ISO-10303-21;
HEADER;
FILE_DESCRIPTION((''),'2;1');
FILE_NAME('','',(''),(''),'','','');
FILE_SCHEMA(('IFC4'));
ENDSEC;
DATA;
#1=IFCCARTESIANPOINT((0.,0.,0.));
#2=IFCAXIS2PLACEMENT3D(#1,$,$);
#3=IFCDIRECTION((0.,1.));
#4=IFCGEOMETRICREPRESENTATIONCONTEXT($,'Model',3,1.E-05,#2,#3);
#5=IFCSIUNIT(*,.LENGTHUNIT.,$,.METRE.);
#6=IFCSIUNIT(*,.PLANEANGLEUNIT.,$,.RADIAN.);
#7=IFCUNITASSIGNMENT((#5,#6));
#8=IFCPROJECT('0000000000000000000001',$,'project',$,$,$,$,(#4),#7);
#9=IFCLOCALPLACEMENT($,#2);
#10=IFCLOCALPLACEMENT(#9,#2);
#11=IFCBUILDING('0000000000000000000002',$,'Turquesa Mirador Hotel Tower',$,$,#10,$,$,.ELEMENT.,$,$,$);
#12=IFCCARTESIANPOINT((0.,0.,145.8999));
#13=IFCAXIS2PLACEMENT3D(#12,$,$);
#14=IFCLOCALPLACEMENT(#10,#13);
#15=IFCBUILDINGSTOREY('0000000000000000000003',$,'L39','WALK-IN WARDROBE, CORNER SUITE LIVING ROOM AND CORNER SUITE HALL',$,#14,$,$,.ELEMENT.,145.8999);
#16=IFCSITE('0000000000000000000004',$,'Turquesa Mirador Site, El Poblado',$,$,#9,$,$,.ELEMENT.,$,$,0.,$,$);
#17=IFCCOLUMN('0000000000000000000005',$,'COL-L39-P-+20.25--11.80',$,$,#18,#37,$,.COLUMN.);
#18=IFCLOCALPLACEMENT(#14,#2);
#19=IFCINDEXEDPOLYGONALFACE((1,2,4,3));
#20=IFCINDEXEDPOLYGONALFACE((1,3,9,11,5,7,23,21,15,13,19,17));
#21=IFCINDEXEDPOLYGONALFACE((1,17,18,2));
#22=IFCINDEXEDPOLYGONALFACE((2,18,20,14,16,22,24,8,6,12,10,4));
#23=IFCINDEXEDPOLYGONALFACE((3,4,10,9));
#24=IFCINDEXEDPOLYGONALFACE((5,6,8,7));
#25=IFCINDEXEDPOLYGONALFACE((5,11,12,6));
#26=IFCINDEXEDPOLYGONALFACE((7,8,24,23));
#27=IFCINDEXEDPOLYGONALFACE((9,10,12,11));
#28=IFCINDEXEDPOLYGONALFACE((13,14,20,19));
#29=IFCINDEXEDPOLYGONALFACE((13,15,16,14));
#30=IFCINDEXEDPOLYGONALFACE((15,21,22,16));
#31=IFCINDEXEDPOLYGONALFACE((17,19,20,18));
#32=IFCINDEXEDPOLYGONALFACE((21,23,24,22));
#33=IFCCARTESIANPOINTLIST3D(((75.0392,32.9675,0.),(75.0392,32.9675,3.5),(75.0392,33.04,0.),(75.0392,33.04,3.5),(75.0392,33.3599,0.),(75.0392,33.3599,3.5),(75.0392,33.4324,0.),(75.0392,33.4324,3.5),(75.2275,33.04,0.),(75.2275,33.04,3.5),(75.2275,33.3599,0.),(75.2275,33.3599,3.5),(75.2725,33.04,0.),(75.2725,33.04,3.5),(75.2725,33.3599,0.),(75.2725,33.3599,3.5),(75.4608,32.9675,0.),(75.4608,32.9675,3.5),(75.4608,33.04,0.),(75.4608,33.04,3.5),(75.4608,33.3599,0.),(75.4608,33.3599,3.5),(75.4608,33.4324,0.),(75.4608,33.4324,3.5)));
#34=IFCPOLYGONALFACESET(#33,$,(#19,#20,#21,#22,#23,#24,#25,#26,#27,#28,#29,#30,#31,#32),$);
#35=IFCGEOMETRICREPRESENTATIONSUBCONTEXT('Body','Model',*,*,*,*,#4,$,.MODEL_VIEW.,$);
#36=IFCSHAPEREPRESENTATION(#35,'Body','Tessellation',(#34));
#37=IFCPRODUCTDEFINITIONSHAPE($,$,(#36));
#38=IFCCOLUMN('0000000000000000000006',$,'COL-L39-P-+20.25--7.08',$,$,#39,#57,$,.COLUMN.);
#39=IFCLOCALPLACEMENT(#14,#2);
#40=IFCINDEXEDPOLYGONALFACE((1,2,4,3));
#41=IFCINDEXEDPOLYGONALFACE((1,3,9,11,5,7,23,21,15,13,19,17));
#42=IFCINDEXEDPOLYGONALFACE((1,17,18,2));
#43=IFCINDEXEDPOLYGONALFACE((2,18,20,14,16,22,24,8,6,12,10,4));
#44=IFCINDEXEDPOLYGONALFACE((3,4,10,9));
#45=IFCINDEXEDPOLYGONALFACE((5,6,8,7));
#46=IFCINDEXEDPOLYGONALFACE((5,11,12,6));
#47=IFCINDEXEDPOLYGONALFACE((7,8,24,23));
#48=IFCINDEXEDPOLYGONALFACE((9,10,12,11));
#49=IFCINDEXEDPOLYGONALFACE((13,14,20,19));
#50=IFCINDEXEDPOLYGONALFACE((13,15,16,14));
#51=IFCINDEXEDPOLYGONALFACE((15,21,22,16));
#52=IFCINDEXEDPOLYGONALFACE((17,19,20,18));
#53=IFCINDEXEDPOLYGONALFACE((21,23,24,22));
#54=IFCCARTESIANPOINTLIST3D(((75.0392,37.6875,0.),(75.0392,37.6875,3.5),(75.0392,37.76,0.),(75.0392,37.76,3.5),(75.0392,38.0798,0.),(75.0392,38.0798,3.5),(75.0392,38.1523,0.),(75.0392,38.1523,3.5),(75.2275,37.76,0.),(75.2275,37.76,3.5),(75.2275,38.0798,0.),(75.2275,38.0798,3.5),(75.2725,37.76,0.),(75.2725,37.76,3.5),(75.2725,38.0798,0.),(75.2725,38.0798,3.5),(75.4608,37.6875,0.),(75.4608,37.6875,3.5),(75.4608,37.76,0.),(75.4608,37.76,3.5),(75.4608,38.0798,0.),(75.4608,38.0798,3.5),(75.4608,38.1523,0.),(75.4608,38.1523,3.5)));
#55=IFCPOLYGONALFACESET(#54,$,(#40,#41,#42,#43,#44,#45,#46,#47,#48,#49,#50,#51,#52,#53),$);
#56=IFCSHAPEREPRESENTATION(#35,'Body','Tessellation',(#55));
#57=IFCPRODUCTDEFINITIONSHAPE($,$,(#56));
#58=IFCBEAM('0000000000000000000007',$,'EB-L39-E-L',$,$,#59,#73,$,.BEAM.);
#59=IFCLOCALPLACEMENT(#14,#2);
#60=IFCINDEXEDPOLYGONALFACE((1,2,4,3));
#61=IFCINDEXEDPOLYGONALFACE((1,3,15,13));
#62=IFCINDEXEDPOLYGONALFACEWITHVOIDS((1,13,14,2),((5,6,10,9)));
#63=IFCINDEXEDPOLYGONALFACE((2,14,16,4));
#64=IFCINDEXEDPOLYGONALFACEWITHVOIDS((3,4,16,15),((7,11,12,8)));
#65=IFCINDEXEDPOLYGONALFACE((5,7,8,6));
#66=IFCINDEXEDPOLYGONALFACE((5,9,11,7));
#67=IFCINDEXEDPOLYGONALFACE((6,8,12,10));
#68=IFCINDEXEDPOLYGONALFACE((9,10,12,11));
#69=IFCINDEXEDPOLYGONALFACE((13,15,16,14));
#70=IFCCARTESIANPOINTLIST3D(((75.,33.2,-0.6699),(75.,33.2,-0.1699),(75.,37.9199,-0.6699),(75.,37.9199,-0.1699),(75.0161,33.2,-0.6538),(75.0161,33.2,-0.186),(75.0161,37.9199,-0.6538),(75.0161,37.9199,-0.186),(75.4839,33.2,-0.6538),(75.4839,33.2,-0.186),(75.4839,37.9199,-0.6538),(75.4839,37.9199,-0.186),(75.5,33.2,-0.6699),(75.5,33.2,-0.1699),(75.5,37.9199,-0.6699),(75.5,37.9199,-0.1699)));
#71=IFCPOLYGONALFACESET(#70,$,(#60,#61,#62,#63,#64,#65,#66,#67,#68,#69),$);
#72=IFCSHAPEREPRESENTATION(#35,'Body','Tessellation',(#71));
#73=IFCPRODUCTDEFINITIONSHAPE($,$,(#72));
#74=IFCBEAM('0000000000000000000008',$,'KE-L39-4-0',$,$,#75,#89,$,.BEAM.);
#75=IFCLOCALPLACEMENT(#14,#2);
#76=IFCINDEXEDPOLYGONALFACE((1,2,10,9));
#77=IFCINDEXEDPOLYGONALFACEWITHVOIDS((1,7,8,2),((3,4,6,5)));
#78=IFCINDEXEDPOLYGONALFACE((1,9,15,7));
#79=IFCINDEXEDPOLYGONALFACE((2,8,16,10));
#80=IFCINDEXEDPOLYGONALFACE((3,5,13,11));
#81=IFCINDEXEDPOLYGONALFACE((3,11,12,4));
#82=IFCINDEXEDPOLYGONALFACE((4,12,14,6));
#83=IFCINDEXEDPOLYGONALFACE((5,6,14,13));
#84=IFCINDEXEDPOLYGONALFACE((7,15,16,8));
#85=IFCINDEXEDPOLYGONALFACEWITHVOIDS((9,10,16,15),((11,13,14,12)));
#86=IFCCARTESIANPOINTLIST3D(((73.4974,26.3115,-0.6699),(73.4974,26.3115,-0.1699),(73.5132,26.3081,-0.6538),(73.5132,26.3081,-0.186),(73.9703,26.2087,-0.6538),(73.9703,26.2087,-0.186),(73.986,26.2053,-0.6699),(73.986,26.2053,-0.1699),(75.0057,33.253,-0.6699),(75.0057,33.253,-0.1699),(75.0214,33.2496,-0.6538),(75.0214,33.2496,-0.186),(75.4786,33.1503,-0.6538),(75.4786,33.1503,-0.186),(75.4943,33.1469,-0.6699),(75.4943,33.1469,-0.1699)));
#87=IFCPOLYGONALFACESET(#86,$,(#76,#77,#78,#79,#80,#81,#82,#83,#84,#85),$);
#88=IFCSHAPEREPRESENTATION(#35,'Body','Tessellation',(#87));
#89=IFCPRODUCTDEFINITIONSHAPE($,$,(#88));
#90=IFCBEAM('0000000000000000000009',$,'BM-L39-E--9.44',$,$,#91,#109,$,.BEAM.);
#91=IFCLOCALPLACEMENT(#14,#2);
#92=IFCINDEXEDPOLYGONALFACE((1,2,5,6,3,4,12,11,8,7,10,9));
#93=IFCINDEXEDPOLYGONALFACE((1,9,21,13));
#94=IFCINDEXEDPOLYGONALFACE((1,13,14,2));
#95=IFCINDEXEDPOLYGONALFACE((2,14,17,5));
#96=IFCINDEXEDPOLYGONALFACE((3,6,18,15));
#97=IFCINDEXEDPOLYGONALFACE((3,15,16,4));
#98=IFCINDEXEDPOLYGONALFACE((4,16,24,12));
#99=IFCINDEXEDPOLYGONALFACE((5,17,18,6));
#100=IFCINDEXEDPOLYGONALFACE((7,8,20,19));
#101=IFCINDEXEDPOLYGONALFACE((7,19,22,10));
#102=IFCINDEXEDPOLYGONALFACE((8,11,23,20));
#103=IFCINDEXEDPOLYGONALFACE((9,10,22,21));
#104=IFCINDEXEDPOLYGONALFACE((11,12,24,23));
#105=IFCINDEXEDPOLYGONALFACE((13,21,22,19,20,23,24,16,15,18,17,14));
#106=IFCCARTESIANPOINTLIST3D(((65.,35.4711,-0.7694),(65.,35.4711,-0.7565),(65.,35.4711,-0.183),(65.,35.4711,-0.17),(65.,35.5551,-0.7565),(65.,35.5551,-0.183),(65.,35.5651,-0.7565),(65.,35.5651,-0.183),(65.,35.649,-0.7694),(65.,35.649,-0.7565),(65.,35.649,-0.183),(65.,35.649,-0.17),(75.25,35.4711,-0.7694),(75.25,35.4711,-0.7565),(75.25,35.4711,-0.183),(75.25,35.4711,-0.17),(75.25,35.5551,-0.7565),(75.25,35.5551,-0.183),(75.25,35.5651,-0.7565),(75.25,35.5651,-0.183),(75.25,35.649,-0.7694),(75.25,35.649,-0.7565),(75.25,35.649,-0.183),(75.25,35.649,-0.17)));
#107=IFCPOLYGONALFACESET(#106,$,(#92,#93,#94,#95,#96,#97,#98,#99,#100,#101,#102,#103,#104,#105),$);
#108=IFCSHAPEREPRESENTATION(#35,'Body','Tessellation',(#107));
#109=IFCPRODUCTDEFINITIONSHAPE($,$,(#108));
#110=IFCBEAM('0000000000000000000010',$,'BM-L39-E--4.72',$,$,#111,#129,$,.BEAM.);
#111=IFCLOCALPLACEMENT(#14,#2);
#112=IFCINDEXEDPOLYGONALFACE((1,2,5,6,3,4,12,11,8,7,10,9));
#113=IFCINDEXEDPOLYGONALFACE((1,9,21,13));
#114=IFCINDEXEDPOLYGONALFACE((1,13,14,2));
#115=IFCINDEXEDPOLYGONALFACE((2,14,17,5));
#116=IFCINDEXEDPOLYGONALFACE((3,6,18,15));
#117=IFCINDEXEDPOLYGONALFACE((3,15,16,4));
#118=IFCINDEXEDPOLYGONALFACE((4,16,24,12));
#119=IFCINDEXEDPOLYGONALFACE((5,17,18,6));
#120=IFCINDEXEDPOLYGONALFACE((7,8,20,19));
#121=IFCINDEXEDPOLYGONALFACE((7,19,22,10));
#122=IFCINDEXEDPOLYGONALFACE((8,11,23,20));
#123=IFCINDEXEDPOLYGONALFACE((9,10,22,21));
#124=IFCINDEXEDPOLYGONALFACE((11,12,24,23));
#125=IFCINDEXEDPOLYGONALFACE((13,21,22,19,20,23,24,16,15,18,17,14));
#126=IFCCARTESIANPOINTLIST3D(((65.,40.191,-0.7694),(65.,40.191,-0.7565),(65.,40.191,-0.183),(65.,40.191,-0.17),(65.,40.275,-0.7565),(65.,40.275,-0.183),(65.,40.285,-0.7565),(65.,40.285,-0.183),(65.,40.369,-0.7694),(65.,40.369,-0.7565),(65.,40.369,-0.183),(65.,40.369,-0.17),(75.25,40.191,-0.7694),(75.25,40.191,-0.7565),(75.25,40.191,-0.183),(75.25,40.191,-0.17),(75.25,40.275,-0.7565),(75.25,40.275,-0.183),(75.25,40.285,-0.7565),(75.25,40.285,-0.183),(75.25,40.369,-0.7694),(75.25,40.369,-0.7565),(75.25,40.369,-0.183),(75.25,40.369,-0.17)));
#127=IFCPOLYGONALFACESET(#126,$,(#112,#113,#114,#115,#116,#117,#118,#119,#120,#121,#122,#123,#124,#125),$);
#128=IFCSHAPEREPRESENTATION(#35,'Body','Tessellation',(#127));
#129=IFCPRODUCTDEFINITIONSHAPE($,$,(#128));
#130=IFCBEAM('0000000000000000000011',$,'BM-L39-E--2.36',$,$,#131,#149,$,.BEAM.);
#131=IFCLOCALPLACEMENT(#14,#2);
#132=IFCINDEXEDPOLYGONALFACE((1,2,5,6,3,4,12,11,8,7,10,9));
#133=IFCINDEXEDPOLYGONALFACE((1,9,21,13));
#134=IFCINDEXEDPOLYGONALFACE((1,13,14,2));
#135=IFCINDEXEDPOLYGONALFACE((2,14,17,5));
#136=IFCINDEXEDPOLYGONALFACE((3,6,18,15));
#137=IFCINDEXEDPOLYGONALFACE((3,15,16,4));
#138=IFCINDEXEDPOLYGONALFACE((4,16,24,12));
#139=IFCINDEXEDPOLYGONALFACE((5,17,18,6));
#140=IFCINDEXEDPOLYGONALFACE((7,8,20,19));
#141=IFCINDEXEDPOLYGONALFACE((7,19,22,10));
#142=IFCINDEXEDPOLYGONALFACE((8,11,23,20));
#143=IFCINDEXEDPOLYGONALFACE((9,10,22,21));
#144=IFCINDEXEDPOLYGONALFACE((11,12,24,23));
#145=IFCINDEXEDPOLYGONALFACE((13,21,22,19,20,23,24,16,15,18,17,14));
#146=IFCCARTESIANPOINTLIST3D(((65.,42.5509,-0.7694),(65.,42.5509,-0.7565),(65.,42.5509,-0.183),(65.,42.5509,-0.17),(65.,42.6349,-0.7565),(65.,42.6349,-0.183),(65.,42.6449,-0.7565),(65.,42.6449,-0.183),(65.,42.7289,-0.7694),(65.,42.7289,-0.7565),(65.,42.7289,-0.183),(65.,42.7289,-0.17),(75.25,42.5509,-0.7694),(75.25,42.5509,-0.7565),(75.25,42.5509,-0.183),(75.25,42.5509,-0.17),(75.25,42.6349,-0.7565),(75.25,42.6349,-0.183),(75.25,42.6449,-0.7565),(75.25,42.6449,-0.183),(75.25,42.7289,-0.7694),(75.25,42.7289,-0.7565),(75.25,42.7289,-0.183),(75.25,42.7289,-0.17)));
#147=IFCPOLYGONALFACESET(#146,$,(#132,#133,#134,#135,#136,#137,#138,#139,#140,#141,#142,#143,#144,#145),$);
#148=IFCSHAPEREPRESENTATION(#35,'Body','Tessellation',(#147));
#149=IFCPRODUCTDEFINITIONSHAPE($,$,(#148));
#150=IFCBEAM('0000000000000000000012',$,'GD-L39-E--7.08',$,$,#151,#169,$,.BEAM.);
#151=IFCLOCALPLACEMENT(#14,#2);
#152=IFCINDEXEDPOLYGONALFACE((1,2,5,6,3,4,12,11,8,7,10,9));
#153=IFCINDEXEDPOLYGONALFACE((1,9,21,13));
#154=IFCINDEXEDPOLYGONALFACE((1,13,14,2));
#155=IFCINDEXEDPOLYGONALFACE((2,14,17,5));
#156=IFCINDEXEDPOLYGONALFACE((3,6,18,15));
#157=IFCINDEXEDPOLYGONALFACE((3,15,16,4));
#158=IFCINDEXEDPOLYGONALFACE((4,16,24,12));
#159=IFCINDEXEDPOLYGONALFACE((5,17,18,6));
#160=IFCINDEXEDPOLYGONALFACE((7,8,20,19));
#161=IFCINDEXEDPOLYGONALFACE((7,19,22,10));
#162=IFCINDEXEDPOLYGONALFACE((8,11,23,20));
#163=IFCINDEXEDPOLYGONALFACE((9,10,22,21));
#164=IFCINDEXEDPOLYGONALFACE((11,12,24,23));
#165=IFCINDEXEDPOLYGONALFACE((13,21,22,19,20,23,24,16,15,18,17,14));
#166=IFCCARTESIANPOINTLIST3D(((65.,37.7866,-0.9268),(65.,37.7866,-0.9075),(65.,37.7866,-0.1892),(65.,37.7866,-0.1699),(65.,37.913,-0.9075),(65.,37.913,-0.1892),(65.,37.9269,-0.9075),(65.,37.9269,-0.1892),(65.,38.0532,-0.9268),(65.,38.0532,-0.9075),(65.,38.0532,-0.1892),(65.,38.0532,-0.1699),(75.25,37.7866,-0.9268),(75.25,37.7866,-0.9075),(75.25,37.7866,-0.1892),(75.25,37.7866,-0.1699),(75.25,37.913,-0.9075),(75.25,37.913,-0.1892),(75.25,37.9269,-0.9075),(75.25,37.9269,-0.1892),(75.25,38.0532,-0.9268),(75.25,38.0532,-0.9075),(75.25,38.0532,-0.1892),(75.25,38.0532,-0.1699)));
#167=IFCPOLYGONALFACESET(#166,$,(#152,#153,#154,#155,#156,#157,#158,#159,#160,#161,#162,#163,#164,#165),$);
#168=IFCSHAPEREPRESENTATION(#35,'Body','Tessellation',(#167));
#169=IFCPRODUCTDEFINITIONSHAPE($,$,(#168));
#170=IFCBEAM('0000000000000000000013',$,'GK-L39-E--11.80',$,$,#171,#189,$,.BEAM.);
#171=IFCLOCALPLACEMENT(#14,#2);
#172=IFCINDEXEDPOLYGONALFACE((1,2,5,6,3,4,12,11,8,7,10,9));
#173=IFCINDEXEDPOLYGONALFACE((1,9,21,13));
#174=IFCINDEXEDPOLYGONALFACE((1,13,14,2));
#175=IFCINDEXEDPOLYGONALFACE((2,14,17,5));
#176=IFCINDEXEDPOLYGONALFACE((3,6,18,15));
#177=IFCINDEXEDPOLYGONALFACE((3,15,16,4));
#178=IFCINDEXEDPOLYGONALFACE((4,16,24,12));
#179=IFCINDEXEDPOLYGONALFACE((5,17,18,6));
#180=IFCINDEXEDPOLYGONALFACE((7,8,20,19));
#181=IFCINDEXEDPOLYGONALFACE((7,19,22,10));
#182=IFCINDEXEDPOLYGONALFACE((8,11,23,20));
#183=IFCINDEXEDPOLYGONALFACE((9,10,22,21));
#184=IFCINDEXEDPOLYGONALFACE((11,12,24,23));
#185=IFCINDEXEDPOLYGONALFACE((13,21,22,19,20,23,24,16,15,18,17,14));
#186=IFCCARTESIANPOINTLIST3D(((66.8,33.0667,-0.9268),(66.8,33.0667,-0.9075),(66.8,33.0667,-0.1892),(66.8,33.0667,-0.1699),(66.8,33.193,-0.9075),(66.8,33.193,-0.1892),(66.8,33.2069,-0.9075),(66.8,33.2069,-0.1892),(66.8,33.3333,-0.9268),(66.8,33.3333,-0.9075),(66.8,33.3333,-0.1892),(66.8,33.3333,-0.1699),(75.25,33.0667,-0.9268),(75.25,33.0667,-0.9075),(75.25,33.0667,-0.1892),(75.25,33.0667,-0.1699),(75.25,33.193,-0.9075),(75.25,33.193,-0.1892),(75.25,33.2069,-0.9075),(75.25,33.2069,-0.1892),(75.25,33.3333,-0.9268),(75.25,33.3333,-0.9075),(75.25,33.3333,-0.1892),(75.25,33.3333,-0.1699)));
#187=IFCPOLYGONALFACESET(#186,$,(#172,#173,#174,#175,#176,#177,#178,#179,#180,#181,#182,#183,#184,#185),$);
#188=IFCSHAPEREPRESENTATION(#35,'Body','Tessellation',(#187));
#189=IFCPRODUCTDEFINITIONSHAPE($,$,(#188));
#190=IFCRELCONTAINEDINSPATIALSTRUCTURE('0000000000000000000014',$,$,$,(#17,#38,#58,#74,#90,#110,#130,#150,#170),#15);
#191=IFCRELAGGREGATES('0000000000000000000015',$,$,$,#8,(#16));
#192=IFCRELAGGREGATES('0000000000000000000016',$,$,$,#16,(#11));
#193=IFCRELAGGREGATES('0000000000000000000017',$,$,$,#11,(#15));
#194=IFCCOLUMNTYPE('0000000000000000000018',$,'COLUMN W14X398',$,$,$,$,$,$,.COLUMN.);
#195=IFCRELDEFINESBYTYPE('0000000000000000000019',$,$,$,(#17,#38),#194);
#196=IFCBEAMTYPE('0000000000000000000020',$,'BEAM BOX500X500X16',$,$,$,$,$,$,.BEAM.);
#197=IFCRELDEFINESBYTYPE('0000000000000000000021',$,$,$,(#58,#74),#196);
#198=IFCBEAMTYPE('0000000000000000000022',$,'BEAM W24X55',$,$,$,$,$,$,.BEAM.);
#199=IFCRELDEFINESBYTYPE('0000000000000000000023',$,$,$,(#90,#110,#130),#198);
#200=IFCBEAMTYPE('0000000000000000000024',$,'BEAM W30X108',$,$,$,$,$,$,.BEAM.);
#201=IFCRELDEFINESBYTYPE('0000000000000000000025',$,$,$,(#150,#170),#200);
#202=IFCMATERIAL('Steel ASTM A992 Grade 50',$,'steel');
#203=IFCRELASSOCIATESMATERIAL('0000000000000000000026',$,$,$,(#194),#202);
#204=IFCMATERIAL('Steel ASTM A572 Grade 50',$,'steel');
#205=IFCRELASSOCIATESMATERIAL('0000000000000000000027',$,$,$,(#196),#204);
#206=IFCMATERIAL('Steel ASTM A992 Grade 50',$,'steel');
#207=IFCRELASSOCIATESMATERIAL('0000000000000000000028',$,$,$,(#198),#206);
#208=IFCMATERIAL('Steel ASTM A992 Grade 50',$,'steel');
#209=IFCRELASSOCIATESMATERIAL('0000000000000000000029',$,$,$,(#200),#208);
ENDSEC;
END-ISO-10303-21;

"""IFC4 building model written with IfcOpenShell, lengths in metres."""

from ifc_helpers import new_model, si_unit, direction, frame, origin, origin_2d, place, context, subcontext, project, spatial, hollow_rectangle, i_section, extrude, material, material_profile, profile_set, type_object, element, save


model = new_model("IFC4")

# Units and contexts
model_context = context("Model", 3, precision=1e-05, world=origin(), true_north=direction((0.0, 1.0)))
body_context = subcontext(model_context, "Body", "Model", "MODEL_VIEW")
ifc_project = project(units=[si_unit("LENGTHUNIT", "METRE"), si_unit("PLANEANGLEUNIT", "RADIAN")], contexts=[model_context])

# Site, building, storey
site_placement = place(None, origin())
site = spatial("IfcSite", under=ifc_project, at=site_placement, Name="Turquesa Mirador Site, El Poblado", CompositionType="ELEMENT", RefElevation=0.0)
building_placement = place(site_placement, origin())
building = spatial("IfcBuilding", under=site, at=building_placement, Name="Turquesa Mirador Hotel Tower", CompositionType="ELEMENT")
storey_placement = place(building_placement, frame((0.0, 0.0, 145.8999)))
storey = spatial("IfcBuildingStorey", under=building, at=storey_placement, Name="L39", Description="WALK-IN WARDROBE, CORNER SUITE LIVING ROOM AND CORNER SUITE HALL", CompositionType="ELEMENT", Elevation=145.8999)

# Columns
ifc_material_1 = material(Name="Steel ASTM A992 Grade 50", Category="steel")
ifc_material_profile_1 = material_profile(ifc_material_1, i_section(OverallWidth=0.4216, OverallDepth=0.4648, WebThickness=0.0449, FlangeThickness=0.0725, at=origin_2d()), Name="W14X398")
ifc_profile_set_1 = profile_set([ifc_material_profile_1], Name="Steel ASTM A992 Grade 50")
column_type = type_object("IfcColumnType", Name="COLUMN W14X398", PredefinedType="COLUMN", material=ifc_profile_set_1)
for number, where, z_axis, x_axis, name in (
    (1, (75.25, 33.2, 0.0), (0.0, 0.0, 1.0), (1.0, 0.0, 0.0), "COL-L39-P-+20.25--11.80"),
    (2, (75.25, 37.9199, 0.0), (0.0, 0.0, 1.0), (1.0, 0.0, 0.0), "COL-L39-P-+20.25--7.08"),
):
    element("IfcColumn", number, at=place(storey_placement, frame(where, z_axis=z_axis, x_axis=x_axis)), inside=storey, type_object=column_type, Name=name, PredefinedType="COLUMN", context=body_context, shape_type="SweptSolid", body=[
        extrude(i_section(OverallWidth=0.4216, OverallDepth=0.4648, WebThickness=0.0449, FlangeThickness=0.0725, at=origin_2d()), origin(), (0.0, 0.0, 1.0), 3.5),
    ])

# Beams
ifc_material_2 = material(Name="Steel ASTM A572 Grade 50", Category="steel")
ifc_material_profile_2 = material_profile(ifc_material_2, hollow_rectangle(XDim=0.5, YDim=0.5, WallThickness=0.0161, at=origin_2d()), Name="BOX500X500X16")
ifc_profile_set_2 = profile_set([ifc_material_profile_2], Name="Steel ASTM A572 Grade 50")
beam_type_1 = type_object("IfcBeamType", Name="BEAM BOX500X500X16", PredefinedType="BEAM", material=ifc_profile_set_2)
beam_1_placement = place(storey_placement, frame((75.25, 33.2, -0.4199), z_axis=(0.0, 1.0, 0.0), x_axis=(-1.0, 0.0, 0.0)))
element("IfcBeam", 3, at=beam_1_placement, inside=storey, type_object=beam_type_1, Name="EB-L39-E-L", PredefinedType="BEAM", context=body_context, shape_type="SweptSolid", body=[
    extrude(hollow_rectangle(XDim=0.5, YDim=0.5, WallThickness=0.0161, at=origin_2d()), origin(), (0.0, 0.0, 1.0), 4.72),
])
beam_2_placement = place(storey_placement, frame((75.25, 33.2, -0.4199), z_axis=(-0.212328, -0.977198, 0.0), x_axis=(0.977198, -0.212328, 0.0)))
element("IfcBeam", 4, at=beam_2_placement, inside=storey, type_object=beam_type_1, Name="KE-L39-4-0", PredefinedType="BEAM", context=body_context, shape_type="SweptSolid", body=[
    extrude(hollow_rectangle(XDim=0.5, YDim=0.5, WallThickness=0.0161, at=origin_2d()), origin(), (0.0, 0.0, 1.0), 7.1035),
])
ifc_material_3 = material(Name="Steel ASTM A992 Grade 50", Category="steel")
ifc_material_profile_3 = material_profile(ifc_material_3, i_section(OverallWidth=0.178, OverallDepth=0.5994, WebThickness=0.01, FlangeThickness=0.0129, at=origin_2d()), Name="W24X55")
ifc_profile_set_3 = profile_set([ifc_material_profile_3], Name="Steel ASTM A992 Grade 50")
beam_type_2 = type_object("IfcBeamType", Name="BEAM W24X55", PredefinedType="BEAM", material=ifc_profile_set_3)
for number, where, z_axis, x_axis, name in (
    (5, (75.25, 35.5601, -0.4697), (-1.0, 0.0, 0.0), (0.0, -1.0, 0.0), "BM-L39-E--9.44"),
    (6, (75.25, 40.28, -0.4697), (-1.0, 0.0, 0.0), (0.0, -1.0, 0.0), "BM-L39-E--4.72"),
    (7, (75.25, 42.6399, -0.4697), (-1.0, 0.0, 0.0), (0.0, -1.0, 0.0), "BM-L39-E--2.36"),
):
    element("IfcBeam", number, at=place(storey_placement, frame(where, z_axis=z_axis, x_axis=x_axis)), inside=storey, type_object=beam_type_2, Name=name, PredefinedType="BEAM", context=body_context, shape_type="SweptSolid", body=[
        extrude(i_section(OverallWidth=0.178, OverallDepth=0.5994, WebThickness=0.01, FlangeThickness=0.0129, at=origin_2d()), origin(), (0.0, 0.0, 1.0), 10.25),
    ])
ifc_material_4 = material(Name="Steel ASTM A992 Grade 50", Category="steel")
ifc_material_profile_4 = material_profile(ifc_material_4, i_section(OverallWidth=0.2666, OverallDepth=0.7568, WebThickness=0.0139, FlangeThickness=0.0193, at=origin_2d()), Name="W30X108")
ifc_profile_set_4 = profile_set([ifc_material_profile_4], Name="Steel ASTM A992 Grade 50")
beam_type_3 = type_object("IfcBeamType", Name="BEAM W30X108", PredefinedType="BEAM", material=ifc_profile_set_4)
beam_3_placement = place(storey_placement, frame((75.25, 37.9199, -0.5483), z_axis=(-1.0, 0.0, 0.0), x_axis=(0.0, -1.0, 0.0)))
element("IfcBeam", 8, at=beam_3_placement, inside=storey, type_object=beam_type_3, Name="GD-L39-E--7.08", PredefinedType="BEAM", context=body_context, shape_type="SweptSolid", body=[
    extrude(i_section(OverallWidth=0.2666, OverallDepth=0.7568, WebThickness=0.0139, FlangeThickness=0.0193, at=origin_2d()), origin(), (0.0, 0.0, 1.0), 10.25),
])
beam_4_placement = place(storey_placement, frame((75.25, 33.2, -0.5483), z_axis=(-1.0, 0.0, 0.0), x_axis=(0.0, -1.0, 0.0)))
element("IfcBeam", 9, at=beam_4_placement, inside=storey, type_object=beam_type_3, Name="GK-L39-E--11.80", PredefinedType="BEAM", context=body_context, shape_type="SweptSolid", body=[
    extrude(i_section(OverallWidth=0.2666, OverallDepth=0.7568, WebThickness=0.0139, FlangeThickness=0.0193, at=origin_2d()), origin(), (0.0, 0.0, 1.0), 8.45),
])

save(model, "model.ifc")
